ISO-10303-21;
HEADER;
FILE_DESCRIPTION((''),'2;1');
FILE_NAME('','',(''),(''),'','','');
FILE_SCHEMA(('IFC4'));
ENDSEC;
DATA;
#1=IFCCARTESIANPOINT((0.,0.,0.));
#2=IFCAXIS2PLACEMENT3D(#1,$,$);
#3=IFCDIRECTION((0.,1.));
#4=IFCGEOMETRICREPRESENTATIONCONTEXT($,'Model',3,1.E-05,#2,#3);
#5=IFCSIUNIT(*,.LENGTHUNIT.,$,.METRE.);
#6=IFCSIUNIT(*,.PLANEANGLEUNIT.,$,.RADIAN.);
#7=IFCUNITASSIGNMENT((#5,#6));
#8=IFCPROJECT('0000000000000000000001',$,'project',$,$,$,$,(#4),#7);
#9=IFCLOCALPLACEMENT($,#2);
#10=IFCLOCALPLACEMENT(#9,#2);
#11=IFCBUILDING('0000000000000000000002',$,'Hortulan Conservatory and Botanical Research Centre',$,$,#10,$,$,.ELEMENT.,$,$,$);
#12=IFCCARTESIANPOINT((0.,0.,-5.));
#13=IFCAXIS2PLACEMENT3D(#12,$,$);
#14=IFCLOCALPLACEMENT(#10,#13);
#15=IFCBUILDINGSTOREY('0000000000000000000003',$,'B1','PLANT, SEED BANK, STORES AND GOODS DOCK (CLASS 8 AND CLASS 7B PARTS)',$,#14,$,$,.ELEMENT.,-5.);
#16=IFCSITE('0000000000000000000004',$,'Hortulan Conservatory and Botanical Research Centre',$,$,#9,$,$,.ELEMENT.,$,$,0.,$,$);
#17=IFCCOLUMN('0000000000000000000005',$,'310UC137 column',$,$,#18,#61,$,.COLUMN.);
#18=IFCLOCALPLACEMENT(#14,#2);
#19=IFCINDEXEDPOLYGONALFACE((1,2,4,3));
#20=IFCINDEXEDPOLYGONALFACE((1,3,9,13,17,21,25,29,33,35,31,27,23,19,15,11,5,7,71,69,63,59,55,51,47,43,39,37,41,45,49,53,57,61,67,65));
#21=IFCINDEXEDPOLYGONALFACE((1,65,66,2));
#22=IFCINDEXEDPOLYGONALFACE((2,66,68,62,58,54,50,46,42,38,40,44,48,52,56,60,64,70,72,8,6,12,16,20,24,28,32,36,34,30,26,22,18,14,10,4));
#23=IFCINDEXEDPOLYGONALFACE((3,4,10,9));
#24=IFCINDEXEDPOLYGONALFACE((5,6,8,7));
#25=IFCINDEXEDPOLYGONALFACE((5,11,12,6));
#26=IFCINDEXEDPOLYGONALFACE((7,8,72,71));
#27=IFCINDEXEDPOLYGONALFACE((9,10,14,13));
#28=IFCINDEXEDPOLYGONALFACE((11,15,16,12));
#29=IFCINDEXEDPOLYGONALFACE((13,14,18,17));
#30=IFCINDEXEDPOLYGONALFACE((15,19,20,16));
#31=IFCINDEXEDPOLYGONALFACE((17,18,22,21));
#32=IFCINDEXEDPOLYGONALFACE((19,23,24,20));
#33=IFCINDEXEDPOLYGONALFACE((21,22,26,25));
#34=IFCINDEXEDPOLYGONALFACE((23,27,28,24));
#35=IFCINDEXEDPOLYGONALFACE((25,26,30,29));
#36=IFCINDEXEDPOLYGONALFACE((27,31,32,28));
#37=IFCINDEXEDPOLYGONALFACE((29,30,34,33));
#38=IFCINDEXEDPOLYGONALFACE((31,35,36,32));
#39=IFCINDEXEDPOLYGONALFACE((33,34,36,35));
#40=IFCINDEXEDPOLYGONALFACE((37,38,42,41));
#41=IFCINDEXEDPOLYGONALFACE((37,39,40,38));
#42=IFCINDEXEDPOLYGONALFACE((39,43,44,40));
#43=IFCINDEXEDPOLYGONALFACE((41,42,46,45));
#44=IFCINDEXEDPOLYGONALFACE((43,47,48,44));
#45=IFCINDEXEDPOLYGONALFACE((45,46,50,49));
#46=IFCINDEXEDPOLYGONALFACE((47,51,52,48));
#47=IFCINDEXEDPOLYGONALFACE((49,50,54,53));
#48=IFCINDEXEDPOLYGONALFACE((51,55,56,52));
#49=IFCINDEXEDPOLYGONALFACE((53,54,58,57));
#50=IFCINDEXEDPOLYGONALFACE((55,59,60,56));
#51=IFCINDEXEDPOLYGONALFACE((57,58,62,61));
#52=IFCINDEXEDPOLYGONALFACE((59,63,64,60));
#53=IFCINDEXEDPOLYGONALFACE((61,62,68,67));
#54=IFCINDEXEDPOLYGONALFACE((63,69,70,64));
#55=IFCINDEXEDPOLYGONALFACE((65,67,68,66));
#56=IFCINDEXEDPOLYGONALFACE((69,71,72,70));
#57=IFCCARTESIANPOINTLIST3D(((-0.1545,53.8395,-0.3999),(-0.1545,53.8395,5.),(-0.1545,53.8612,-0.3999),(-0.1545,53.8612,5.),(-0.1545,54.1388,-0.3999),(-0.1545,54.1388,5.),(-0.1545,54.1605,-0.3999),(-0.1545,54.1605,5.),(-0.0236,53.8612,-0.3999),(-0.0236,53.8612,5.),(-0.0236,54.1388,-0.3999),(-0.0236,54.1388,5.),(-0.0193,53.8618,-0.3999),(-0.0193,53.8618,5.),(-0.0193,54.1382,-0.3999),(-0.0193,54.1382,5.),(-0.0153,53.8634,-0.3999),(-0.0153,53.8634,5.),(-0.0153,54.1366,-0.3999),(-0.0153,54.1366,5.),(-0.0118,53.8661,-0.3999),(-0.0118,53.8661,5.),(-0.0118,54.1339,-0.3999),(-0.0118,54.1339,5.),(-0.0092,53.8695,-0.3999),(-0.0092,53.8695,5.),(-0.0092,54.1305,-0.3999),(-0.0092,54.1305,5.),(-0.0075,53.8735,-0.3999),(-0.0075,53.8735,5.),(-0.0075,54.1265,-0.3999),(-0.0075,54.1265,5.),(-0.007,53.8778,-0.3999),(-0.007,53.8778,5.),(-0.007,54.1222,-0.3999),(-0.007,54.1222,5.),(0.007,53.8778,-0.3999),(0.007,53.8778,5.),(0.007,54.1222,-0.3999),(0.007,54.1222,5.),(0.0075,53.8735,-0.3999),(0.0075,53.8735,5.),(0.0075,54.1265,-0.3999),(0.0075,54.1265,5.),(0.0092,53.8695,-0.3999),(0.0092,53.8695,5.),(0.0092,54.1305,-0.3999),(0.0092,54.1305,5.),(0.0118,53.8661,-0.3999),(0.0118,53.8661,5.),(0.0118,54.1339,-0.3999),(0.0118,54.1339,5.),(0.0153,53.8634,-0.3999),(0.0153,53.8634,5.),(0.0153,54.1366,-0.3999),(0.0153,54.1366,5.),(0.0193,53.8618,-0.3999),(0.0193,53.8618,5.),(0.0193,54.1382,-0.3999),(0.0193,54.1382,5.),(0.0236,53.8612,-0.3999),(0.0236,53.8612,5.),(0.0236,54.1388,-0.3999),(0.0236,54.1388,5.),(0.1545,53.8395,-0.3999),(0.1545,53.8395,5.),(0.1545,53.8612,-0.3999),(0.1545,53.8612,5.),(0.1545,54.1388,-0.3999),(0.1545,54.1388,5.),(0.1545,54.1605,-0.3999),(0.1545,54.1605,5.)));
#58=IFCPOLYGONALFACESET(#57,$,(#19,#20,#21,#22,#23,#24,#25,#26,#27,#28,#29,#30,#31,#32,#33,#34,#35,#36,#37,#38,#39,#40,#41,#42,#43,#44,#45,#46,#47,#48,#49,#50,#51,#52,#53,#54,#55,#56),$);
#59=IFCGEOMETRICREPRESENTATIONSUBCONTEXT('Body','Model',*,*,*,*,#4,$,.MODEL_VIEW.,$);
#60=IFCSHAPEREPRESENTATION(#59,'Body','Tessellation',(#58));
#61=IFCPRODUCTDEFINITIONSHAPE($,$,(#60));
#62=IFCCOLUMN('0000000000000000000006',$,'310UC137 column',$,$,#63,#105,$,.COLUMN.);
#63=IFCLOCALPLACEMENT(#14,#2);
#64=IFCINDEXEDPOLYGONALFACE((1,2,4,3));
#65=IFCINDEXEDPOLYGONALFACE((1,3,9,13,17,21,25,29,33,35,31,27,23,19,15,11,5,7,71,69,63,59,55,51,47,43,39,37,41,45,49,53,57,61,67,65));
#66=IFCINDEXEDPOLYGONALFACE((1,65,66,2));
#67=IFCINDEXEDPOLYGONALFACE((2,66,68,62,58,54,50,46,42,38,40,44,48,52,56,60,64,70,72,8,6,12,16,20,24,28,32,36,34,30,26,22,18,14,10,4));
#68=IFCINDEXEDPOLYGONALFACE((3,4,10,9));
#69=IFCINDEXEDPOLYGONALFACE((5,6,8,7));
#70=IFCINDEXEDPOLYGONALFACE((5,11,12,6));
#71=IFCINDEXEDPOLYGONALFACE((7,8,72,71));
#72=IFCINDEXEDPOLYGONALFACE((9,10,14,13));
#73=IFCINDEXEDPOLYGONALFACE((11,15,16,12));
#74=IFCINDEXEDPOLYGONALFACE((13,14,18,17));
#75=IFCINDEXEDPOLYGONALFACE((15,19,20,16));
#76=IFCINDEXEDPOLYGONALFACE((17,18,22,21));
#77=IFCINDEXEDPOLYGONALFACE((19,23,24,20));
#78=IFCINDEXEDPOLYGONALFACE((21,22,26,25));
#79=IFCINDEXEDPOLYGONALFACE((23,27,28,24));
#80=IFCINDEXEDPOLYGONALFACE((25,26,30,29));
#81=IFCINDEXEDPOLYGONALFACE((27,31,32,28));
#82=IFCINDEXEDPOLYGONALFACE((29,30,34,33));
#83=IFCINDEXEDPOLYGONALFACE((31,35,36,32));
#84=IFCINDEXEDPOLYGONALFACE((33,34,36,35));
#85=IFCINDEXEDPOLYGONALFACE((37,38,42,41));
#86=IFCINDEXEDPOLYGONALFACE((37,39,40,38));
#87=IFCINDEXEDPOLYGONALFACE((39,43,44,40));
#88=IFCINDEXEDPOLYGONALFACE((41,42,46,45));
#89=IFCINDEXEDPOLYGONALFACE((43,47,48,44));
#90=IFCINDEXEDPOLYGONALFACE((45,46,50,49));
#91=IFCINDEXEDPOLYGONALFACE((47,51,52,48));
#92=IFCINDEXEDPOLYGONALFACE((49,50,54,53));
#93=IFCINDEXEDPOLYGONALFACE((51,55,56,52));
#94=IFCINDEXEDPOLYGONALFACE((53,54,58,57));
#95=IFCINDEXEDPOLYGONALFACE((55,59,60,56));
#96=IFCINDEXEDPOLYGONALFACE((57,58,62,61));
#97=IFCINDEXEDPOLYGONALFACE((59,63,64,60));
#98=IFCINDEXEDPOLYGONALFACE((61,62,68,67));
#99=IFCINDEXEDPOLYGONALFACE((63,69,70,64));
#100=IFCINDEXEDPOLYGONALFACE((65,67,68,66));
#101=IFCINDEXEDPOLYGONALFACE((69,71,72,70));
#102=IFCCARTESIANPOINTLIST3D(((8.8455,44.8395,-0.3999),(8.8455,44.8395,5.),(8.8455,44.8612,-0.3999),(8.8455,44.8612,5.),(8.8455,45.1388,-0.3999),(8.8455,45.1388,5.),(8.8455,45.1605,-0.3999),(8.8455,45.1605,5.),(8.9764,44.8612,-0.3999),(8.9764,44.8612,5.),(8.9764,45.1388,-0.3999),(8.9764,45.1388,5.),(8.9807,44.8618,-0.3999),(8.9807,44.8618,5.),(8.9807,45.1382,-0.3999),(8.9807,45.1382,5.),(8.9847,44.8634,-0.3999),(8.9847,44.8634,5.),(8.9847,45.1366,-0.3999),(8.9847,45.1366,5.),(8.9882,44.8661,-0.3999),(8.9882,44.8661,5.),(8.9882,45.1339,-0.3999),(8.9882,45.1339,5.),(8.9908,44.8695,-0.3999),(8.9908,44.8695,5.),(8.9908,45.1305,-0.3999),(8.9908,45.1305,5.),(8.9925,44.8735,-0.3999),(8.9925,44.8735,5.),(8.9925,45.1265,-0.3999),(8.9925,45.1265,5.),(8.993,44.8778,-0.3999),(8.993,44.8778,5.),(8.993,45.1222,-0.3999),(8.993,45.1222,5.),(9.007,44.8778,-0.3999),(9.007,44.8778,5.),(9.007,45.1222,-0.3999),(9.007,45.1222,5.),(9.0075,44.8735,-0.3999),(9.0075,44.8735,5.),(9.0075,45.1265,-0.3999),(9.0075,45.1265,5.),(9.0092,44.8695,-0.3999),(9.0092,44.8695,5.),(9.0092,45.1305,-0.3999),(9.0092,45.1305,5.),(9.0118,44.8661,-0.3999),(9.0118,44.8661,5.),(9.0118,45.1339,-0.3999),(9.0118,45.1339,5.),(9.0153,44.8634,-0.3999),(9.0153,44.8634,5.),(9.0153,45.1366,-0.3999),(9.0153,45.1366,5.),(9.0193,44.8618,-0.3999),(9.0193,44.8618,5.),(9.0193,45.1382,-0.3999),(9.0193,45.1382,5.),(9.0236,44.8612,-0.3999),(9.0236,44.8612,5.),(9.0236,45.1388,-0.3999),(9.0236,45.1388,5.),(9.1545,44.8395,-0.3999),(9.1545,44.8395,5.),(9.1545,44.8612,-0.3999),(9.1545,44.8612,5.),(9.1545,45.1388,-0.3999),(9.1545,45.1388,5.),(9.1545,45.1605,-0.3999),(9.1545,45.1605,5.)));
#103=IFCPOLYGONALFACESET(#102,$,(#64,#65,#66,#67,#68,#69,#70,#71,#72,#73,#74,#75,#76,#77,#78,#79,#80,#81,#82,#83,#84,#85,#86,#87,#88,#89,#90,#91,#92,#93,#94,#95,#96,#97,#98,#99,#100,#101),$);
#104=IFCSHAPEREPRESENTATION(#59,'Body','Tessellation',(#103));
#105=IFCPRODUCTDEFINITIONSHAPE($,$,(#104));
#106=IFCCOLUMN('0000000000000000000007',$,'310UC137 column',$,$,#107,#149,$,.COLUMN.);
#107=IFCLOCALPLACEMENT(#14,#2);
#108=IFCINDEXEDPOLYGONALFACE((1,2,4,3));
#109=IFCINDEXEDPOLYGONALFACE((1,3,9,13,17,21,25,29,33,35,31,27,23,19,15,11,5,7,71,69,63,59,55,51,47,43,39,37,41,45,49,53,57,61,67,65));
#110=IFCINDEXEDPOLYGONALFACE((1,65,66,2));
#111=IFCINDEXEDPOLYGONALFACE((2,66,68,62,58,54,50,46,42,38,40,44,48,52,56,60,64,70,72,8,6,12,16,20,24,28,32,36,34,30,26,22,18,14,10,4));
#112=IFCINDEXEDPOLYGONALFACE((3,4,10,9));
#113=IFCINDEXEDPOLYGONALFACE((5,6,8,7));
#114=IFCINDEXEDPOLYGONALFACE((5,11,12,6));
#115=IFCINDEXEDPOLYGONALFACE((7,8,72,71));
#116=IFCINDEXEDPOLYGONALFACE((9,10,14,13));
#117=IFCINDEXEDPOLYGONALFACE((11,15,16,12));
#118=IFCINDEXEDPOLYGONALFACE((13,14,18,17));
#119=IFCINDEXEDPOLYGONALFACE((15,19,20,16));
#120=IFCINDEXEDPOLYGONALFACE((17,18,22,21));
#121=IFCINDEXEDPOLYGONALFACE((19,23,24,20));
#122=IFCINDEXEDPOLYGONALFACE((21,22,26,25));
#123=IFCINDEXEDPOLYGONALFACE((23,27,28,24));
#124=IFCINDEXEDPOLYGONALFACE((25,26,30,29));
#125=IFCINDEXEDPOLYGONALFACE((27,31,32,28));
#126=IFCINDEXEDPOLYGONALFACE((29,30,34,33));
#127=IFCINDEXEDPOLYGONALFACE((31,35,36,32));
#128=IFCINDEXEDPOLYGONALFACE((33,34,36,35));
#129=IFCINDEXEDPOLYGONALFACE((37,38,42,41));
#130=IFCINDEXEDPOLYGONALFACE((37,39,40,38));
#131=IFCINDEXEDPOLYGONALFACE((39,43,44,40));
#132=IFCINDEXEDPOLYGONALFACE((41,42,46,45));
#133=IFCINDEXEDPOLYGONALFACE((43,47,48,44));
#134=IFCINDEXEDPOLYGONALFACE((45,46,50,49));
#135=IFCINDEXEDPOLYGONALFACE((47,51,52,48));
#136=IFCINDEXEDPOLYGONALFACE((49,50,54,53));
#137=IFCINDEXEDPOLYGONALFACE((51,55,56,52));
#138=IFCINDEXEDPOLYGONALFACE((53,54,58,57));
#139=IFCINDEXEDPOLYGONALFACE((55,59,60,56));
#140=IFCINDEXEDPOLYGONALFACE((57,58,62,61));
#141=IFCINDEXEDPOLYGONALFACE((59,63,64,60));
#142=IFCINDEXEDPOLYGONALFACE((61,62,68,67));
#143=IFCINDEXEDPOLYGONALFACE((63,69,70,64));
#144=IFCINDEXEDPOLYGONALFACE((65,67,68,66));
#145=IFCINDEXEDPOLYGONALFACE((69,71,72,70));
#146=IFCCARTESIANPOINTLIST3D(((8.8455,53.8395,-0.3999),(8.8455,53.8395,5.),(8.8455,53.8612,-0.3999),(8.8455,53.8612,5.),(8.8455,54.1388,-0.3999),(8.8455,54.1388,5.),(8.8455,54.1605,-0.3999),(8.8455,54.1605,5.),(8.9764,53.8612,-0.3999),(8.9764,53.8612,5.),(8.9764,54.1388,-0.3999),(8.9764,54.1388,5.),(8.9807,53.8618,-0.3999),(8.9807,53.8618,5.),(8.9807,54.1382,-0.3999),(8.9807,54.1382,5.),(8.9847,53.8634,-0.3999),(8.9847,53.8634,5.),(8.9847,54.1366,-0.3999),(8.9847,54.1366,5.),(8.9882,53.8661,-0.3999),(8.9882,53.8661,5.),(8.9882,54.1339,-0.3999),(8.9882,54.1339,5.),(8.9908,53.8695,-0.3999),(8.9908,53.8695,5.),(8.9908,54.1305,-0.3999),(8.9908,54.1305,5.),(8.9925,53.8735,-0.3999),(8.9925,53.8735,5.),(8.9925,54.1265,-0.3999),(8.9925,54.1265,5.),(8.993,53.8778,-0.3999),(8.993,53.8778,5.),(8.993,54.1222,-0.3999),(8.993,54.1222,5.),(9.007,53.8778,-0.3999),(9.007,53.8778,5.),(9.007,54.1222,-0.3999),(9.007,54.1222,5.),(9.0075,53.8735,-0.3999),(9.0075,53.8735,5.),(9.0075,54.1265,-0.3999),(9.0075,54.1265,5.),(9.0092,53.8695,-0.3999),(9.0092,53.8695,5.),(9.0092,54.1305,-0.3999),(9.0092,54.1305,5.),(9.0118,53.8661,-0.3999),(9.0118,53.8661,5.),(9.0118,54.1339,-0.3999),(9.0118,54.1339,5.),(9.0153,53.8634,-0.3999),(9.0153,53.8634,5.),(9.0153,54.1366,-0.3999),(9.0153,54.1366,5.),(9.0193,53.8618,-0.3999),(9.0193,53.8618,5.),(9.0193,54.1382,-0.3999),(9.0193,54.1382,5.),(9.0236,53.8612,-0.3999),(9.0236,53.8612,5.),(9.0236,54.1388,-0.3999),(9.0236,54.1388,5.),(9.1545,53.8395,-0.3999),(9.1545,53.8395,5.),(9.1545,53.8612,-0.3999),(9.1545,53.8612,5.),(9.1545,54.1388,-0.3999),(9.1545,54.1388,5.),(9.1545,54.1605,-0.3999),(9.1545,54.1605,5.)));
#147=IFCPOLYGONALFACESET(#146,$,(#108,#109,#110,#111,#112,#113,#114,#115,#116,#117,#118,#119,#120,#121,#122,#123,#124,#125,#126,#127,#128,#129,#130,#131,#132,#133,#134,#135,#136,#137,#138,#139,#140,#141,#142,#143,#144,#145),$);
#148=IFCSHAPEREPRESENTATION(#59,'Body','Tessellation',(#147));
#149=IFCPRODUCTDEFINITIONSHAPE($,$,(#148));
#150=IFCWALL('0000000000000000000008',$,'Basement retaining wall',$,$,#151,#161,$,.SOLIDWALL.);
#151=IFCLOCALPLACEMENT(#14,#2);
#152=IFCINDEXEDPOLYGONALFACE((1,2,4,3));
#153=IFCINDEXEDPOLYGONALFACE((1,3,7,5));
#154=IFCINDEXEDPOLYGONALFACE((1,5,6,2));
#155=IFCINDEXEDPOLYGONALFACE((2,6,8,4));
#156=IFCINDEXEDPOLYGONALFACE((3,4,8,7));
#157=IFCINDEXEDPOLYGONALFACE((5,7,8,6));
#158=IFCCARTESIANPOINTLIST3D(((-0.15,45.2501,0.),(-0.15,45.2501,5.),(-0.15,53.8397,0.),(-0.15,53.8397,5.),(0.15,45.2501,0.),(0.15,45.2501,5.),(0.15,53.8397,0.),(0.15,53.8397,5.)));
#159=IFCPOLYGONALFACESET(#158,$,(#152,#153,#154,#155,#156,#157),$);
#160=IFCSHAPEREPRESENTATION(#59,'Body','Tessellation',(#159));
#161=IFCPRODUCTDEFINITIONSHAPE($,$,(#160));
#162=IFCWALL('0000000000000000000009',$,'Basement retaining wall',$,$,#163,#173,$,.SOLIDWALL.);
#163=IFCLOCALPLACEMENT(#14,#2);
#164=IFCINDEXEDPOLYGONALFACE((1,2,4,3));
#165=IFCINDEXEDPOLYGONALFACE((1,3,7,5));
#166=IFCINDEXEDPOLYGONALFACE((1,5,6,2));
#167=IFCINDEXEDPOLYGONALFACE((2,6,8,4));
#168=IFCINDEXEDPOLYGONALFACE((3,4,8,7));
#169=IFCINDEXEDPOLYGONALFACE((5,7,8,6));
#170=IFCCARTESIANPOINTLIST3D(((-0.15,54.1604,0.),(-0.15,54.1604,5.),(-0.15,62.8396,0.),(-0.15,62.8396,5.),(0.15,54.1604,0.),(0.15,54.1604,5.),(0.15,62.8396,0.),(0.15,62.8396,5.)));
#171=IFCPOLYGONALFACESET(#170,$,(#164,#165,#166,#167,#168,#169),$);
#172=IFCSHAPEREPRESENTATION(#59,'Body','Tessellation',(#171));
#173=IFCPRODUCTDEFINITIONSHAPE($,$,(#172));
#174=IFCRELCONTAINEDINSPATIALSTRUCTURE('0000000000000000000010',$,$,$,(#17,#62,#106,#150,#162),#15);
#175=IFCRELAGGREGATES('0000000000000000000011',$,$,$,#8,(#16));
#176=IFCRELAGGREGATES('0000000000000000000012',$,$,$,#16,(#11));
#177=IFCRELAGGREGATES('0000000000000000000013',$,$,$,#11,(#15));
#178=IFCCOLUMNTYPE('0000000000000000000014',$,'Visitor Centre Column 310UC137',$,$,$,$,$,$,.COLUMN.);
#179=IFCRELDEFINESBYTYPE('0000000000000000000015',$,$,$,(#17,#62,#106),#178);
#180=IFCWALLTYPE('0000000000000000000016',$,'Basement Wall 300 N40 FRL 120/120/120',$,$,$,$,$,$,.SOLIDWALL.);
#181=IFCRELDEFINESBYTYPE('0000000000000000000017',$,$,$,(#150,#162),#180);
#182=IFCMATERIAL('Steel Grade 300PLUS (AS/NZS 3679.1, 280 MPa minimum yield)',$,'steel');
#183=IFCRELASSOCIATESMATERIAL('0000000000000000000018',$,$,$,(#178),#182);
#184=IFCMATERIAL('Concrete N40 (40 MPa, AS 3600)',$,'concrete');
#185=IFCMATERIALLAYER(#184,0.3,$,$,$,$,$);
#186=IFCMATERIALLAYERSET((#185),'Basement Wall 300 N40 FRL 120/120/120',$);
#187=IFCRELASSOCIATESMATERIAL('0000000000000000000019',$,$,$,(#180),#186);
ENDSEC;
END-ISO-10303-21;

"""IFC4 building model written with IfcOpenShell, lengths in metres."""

from ifc_helpers import new_model, si_unit, direction, frame, frame_2d, origin, origin_2d, place, context, subcontext, project, spatial, rectangle, i_section, extrude, material, layer, layer_set, material_profile, profile_set, type_object, element, save


model = new_model("IFC4")

# Units and contexts
model_context = context("Model", 3, precision=1e-05, world=origin(), true_north=direction((0.0, 1.0)))
body_context = subcontext(model_context, "Body", "Model", "MODEL_VIEW")
ifc_project = project(units=[si_unit("LENGTHUNIT", "METRE"), si_unit("PLANEANGLEUNIT", "RADIAN")], contexts=[model_context])

# Site, building, storey
site_placement = place(None, origin())
site = spatial("IfcSite", under=ifc_project, at=site_placement, Name="Hortulan Conservatory and Botanical Research Centre", CompositionType="ELEMENT", RefElevation=0.0)
building_placement = place(site_placement, origin())
building = spatial("IfcBuilding", under=site, at=building_placement, Name="Hortulan Conservatory and Botanical Research Centre", CompositionType="ELEMENT")
storey_placement = place(building_placement, frame((0.0, 0.0, -5.0)))
storey = spatial("IfcBuildingStorey", under=building, at=storey_placement, Name="B1", Description="PLANT, SEED BANK, STORES AND GOODS DOCK (CLASS 8 AND CLASS 7B PARTS)", CompositionType="ELEMENT", Elevation=-5.0)

# Shared definitions
ifc_material_1 = material(Name="Concrete N40 (40 MPa, AS 3600)", Category="concrete")

# Columns
ifc_material_2 = material(Name="Steel Grade 300PLUS (AS/NZS 3679.1, 280 MPa minimum yield)", Category="steel")
ifc_material_profile_1 = material_profile(ifc_material_2, i_section(OverallWidth=0.3091, OverallDepth=0.321, WebThickness=0.0139, FlangeThickness=0.0217, FilletRadius=0.0166, at=origin_2d()), Name="310UC137")
ifc_profile_set_1 = profile_set([ifc_material_profile_1], Name="Steel Grade 300PLUS (AS/NZS 3679.1, 280 MPa minimum yield)")
column_type = type_object("IfcColumnType", Name="Visitor Centre Column 310UC137", PredefinedType="COLUMN", material=ifc_profile_set_1)
for number, where, z_axis, x_axis, name in (
    (1, (0.0, 54.0, -0.3999), (0.0, 0.0, 1.0), (1.0, 0.0, 0.0), "310UC137 column"),
    (2, (9.0, 45.0, -0.3999), (0.0, 0.0, 1.0), (1.0, 0.0, 0.0), "310UC137 column"),
    (3, (9.0, 54.0, -0.3999), (0.0, 0.0, 1.0), (1.0, 0.0, 0.0), "310UC137 column"),
):
    element("IfcColumn", number, at=place(storey_placement, frame(where, z_axis=z_axis, x_axis=x_axis)), inside=storey, type_object=column_type, Name=name, PredefinedType="COLUMN", context=body_context, shape_type="SweptSolid", body=[
        extrude(i_section(OverallWidth=0.3091, OverallDepth=0.321, WebThickness=0.0139, FlangeThickness=0.0217, FilletRadius=0.0166, at=origin_2d()), origin(), (0.0, 0.0, 1.0), 5.3999),
    ])

# Walls
ifc_layer_1 = layer(ifc_material_1, 0.3)
ifc_layer_set_1 = layer_set([ifc_layer_1], Name="Basement Wall 300 N40 FRL 120/120/120")
wall_type_1 = type_object("IfcWallType", Name="Basement Wall 300 N40 FRL 120/120/120", PredefinedType="SOLIDWALL", material=ifc_layer_set_1)
wall_1_placement = place(storey_placement, frame((0.0, 45.25, 0.0), z_axis=(0.0, 0.0, 1.0), x_axis=(0.0, 1.0, 0.0)))
element("IfcWall", 4, at=wall_1_placement, inside=storey, type_object=wall_type_1, Name="Basement retaining wall", PredefinedType="SOLIDWALL", context=body_context, shape_type="SweptSolid", body=[
    extrude(rectangle(XDim=8.5896, YDim=0.3, at=frame_2d((4.2949, 0.0))), origin(), (0.0, 0.0, 1.0), 5.0),
])
wall_2_placement = place(storey_placement, frame((0.0, 54.1604, 0.0), z_axis=(0.0, 0.0, 1.0), x_axis=(0.0, 1.0, 0.0)))
element("IfcWall", 5, at=wall_2_placement, inside=storey, type_object=wall_type_1, Name="Basement retaining wall", PredefinedType="SOLIDWALL", context=body_context, shape_type="SweptSolid", body=[
    extrude(rectangle(XDim=8.6792, YDim=0.3, at=frame_2d((4.3396, 0.0))), origin(), (0.0, 0.0, 1.0), 5.0),
])

save(model, "model.ifc")
